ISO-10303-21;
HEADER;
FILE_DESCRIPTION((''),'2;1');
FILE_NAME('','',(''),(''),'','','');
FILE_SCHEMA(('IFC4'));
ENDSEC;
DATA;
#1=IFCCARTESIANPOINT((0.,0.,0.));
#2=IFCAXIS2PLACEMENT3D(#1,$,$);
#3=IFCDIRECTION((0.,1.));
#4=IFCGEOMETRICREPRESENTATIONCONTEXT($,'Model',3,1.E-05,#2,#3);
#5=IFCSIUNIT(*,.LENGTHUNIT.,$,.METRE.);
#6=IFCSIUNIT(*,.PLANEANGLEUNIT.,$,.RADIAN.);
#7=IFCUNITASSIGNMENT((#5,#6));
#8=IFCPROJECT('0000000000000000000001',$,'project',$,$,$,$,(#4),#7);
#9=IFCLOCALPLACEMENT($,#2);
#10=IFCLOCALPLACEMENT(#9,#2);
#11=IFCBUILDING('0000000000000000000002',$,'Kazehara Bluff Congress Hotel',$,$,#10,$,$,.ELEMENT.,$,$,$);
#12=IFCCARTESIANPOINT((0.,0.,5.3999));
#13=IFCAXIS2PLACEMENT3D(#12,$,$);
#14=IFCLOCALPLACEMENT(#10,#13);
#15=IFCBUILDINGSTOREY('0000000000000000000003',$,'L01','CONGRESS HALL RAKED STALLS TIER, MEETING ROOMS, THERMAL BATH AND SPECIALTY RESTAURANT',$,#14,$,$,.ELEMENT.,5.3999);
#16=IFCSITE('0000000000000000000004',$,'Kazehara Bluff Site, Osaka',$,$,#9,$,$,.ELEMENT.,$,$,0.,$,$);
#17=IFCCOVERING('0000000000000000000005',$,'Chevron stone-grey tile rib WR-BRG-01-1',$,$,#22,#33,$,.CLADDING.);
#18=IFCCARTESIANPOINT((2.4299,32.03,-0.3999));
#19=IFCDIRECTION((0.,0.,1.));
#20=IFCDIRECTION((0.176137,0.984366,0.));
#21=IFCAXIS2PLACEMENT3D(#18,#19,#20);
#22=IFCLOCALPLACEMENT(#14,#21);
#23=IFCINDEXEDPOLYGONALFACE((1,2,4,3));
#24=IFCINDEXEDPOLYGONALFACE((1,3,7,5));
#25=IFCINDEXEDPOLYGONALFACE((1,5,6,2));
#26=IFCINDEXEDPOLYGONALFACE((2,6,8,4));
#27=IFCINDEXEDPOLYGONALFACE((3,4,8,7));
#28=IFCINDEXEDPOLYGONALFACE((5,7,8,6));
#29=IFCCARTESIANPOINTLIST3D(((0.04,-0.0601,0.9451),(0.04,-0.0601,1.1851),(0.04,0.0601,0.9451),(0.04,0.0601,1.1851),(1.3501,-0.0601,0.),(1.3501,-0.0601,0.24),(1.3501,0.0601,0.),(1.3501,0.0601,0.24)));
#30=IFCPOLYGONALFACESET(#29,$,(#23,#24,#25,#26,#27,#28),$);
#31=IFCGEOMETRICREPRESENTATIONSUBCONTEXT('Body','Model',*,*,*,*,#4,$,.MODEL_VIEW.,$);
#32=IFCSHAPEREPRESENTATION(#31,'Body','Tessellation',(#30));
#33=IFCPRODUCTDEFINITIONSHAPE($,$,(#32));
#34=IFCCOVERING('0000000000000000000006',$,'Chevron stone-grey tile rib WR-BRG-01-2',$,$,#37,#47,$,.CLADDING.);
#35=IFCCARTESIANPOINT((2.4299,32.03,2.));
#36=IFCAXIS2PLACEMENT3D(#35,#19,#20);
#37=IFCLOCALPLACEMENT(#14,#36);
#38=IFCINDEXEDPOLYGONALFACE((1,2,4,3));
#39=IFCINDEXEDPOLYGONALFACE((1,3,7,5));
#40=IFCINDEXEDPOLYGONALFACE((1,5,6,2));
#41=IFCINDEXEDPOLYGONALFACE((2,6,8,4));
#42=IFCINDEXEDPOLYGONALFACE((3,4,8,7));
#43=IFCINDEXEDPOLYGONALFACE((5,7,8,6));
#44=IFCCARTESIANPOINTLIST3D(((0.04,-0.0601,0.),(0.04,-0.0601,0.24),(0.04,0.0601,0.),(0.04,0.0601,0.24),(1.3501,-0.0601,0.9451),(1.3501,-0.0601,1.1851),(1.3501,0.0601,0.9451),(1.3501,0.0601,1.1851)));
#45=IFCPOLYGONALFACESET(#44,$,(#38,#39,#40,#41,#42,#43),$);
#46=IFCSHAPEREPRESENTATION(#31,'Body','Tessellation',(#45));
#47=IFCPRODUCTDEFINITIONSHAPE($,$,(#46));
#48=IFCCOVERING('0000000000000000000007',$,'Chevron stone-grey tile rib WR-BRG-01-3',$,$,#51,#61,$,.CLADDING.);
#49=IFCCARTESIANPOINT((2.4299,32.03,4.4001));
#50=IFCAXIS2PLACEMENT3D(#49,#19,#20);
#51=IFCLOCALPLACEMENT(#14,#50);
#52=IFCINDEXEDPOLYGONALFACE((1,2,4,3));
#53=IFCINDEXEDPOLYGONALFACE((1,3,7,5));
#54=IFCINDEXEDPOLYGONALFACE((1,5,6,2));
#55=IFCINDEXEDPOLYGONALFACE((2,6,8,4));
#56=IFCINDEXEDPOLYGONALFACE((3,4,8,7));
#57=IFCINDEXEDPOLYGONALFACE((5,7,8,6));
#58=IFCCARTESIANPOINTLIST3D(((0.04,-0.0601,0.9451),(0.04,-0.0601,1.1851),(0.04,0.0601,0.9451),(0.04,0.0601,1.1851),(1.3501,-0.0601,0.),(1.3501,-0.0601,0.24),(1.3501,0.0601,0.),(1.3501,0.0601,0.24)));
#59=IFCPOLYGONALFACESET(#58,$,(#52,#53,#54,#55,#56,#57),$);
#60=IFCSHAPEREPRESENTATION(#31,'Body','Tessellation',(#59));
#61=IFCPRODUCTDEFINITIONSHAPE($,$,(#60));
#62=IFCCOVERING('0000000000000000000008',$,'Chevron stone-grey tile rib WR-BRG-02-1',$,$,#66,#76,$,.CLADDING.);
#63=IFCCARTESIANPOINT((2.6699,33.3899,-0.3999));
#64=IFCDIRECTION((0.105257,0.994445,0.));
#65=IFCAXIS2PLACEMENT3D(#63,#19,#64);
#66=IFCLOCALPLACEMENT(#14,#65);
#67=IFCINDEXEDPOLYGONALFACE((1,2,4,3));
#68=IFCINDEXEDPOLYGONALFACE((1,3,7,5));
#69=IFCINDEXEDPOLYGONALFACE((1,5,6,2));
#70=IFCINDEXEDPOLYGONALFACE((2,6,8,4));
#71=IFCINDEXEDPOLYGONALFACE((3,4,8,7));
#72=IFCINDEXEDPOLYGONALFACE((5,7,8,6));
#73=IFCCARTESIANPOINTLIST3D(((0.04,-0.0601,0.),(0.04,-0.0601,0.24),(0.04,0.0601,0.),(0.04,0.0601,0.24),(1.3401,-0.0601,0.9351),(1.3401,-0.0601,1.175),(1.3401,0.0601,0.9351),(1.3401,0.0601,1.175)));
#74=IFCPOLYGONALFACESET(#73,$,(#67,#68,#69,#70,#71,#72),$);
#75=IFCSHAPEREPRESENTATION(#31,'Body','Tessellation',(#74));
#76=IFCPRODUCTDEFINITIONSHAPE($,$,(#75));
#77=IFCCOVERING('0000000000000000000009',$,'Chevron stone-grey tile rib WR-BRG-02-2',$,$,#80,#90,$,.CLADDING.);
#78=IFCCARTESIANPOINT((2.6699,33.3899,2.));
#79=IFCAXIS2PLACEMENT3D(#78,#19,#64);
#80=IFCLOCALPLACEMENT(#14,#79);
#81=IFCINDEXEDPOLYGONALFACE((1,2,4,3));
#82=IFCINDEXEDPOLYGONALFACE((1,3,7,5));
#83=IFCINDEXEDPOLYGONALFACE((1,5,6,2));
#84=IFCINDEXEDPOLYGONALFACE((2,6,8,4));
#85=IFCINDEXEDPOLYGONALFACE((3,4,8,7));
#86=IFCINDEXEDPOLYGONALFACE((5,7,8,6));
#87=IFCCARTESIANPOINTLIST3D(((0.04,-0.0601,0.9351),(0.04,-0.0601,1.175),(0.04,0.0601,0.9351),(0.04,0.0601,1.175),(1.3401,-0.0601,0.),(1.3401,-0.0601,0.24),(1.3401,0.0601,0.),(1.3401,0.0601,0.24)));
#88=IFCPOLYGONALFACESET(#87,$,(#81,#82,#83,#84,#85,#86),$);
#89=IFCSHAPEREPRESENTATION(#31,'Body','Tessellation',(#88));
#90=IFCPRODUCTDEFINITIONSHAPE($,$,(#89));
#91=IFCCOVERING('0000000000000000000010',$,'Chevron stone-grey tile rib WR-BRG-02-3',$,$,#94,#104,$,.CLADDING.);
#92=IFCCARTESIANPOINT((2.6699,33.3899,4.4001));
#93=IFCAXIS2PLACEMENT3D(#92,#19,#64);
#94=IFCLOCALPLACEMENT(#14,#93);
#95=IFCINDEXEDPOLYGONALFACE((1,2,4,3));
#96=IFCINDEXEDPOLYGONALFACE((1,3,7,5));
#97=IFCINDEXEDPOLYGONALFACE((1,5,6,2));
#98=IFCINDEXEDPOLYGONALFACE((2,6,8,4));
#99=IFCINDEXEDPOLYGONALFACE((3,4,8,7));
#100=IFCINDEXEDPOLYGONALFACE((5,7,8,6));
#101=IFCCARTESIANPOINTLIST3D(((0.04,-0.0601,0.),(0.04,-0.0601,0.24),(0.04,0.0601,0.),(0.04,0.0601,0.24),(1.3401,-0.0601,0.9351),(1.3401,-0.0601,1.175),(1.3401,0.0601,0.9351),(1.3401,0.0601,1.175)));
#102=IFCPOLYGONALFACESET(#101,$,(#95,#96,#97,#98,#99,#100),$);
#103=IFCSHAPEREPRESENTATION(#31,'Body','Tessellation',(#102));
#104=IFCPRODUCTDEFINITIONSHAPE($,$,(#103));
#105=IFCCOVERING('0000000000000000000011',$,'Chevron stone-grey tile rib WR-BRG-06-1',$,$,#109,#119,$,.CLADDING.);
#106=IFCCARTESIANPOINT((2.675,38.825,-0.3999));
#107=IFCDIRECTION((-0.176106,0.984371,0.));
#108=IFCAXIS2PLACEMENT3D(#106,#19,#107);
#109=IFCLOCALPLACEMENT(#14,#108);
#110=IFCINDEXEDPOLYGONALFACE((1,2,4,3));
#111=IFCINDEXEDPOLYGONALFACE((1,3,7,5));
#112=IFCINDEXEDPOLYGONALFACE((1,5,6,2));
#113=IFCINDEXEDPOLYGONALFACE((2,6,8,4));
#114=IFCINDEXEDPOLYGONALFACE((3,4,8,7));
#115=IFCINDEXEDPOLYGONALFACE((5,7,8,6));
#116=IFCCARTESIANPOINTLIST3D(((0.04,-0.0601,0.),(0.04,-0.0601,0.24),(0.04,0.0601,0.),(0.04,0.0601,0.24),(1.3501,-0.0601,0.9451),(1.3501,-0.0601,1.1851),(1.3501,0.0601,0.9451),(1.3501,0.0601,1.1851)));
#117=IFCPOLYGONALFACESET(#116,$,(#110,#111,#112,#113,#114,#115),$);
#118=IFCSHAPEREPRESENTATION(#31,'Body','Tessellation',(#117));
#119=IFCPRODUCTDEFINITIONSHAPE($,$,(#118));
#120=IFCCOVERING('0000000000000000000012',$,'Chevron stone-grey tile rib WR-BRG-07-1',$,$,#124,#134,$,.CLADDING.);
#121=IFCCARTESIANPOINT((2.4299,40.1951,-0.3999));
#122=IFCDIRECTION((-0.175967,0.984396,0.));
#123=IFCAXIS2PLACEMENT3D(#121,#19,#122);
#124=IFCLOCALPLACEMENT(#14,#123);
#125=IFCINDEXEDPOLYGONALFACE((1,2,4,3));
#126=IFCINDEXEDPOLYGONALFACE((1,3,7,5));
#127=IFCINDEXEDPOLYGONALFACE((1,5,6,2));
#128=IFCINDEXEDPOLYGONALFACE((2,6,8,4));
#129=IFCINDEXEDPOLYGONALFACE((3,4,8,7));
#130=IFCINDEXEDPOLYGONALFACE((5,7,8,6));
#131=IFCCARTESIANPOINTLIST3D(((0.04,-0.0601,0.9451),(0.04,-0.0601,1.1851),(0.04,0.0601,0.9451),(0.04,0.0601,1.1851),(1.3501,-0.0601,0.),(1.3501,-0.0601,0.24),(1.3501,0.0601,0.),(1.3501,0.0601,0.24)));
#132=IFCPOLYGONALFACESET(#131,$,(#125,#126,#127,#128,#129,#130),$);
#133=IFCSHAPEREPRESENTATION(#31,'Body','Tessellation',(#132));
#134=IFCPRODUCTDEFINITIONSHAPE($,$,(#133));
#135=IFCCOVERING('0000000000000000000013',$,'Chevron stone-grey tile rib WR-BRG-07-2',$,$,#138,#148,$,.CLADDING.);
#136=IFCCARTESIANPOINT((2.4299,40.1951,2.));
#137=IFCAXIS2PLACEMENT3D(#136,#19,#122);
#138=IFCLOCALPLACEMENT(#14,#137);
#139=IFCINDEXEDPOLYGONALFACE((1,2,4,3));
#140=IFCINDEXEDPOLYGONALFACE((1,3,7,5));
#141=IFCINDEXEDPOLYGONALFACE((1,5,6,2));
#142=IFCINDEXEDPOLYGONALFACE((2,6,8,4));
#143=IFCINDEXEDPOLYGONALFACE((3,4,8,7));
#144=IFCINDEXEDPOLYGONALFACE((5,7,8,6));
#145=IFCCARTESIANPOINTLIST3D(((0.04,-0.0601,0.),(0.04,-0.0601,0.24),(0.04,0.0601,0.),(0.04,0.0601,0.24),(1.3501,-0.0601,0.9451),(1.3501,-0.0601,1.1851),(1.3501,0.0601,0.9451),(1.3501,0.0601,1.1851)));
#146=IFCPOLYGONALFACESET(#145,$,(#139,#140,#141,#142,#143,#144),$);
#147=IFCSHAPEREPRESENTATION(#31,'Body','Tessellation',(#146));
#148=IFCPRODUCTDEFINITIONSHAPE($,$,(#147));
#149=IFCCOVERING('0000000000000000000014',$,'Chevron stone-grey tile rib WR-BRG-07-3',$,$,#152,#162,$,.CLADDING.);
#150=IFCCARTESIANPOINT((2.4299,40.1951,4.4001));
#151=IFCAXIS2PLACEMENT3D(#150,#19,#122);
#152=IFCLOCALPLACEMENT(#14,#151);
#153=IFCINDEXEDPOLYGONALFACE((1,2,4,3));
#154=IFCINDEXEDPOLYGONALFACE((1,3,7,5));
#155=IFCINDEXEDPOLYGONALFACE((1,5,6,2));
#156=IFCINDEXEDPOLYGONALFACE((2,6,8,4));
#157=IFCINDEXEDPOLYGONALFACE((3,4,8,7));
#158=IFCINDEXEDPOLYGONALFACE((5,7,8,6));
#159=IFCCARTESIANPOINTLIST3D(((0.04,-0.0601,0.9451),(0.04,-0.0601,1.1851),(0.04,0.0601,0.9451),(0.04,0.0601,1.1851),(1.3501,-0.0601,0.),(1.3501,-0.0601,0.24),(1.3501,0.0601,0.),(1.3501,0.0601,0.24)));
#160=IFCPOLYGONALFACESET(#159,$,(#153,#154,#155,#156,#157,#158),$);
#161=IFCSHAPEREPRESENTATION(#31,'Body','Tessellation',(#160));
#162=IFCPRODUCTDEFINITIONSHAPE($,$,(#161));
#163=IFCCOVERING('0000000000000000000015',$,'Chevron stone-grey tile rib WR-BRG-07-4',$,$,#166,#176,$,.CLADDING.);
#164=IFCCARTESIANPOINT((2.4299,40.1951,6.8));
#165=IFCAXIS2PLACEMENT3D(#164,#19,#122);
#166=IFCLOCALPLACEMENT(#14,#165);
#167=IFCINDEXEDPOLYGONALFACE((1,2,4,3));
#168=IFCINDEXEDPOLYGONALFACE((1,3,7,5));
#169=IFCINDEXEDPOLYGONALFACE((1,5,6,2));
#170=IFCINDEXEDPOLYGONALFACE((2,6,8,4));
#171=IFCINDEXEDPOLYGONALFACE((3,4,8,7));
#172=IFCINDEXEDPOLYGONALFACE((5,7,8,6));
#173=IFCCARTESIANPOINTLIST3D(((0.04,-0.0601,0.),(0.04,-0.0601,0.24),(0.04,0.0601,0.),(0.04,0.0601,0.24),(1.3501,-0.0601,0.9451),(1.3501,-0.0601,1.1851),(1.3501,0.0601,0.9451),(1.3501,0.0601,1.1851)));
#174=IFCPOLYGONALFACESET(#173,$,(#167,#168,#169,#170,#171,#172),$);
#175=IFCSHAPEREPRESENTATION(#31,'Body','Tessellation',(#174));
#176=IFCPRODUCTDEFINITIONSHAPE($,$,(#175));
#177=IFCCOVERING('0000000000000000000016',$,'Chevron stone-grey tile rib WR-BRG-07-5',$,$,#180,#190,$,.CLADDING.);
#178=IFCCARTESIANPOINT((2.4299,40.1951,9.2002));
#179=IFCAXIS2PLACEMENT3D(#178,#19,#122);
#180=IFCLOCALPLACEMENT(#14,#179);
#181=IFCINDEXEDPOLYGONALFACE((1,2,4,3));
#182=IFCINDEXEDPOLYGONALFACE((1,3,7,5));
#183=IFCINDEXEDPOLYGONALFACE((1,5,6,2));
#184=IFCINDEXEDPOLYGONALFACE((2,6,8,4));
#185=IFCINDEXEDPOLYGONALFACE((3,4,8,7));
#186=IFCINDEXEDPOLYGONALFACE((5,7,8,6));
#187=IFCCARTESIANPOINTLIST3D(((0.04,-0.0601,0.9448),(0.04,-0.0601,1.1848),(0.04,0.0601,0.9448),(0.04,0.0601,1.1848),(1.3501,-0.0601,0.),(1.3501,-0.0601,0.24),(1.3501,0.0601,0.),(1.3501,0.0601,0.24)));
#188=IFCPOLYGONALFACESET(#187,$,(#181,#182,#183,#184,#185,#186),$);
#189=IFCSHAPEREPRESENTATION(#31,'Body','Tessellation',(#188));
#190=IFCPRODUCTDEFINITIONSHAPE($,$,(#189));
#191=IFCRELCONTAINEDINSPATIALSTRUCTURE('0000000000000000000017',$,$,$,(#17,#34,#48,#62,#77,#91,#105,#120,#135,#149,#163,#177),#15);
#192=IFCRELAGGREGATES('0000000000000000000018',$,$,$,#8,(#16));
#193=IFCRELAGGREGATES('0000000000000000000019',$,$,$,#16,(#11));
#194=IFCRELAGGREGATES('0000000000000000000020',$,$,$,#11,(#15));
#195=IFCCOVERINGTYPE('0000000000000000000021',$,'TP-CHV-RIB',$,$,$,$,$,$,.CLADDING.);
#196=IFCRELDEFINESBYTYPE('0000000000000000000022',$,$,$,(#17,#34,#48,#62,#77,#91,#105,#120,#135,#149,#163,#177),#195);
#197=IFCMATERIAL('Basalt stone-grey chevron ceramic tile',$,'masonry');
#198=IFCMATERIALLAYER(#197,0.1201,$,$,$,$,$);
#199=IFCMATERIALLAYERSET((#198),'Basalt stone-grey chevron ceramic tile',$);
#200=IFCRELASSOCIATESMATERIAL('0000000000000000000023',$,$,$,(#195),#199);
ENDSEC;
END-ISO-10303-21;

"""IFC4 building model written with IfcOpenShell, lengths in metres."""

from ifc_helpers import new_model, si_unit, direction, frame, origin, place, context, subcontext, project, spatial, polyline, outline, extrude, material, layer, layer_set, type_object, element, save


model = new_model("IFC4")

# Units and contexts
model_context = context("Model", 3, precision=1e-05, world=origin(), true_north=direction((0.0, 1.0)))
body_context = subcontext(model_context, "Body", "Model", "MODEL_VIEW")
ifc_project = project(units=[si_unit("LENGTHUNIT", "METRE"), si_unit("PLANEANGLEUNIT", "RADIAN")], contexts=[model_context])

# Site, building, storey
site_placement = place(None, origin())
site = spatial("IfcSite", under=ifc_project, at=site_placement, Name="Kazehara Bluff Site, Osaka", CompositionType="ELEMENT", RefElevation=0.0)
building_placement = place(site_placement, origin())
building = spatial("IfcBuilding", under=site, at=building_placement, Name="Kazehara Bluff Congress Hotel", CompositionType="ELEMENT")
storey_placement = place(building_placement, frame((0.0, 0.0, 5.3999)))
storey = spatial("IfcBuildingStorey", under=building, at=storey_placement, Name="L01", Description="CONGRESS HALL RAKED STALLS TIER, MEETING ROOMS, THERMAL BATH AND SPECIALTY RESTAURANT", CompositionType="ELEMENT", Elevation=5.3999)

# Coverings
ifc_material_1 = material(Name="Basalt stone-grey chevron ceramic tile", Category="masonry")
ifc_layer_1 = layer(ifc_material_1, 0.1201)
ifc_layer_set_1 = layer_set([ifc_layer_1], Name="Basalt stone-grey chevron ceramic tile")
covering_type_1 = type_object("IfcCoveringType", Name="TP-CHV-RIB", PredefinedType="CLADDING", material=ifc_layer_set_1)
covering_1_placement = place(storey_placement, frame((2.4299, 32.03, -0.3999), z_axis=(0.0, 0.0, 1.0), x_axis=(0.176137, 0.984366, 0.0)))
element("IfcCovering", 1, at=covering_1_placement, inside=storey, type_object=covering_type_1, Name="Chevron stone-grey tile rib WR-BRG-01-1", PredefinedType="CLADDING", context=body_context, shape_type="SweptSolid", body=[
    extrude(outline(polyline([(0.04, 0.9451), (1.3501, 0.0), (1.3501, 0.24), (0.04, 1.1851), (0.04, 0.9451)])), frame((0.0, 0.0601, 0.0), z_axis=(0.0, -1.0, 0.0), x_axis=(1.0, 0.0, 0.0)), (0.0, 0.0, 1.0), 0.1201),
])
covering_2_placement = place(storey_placement, frame((2.4299, 32.03, 2.0), z_axis=(0.0, 0.0, 1.0), x_axis=(0.176137, 0.984366, 0.0)))
element("IfcCovering", 2, at=covering_2_placement, inside=storey, type_object=covering_type_1, Name="Chevron stone-grey tile rib WR-BRG-01-2", PredefinedType="CLADDING", context=body_context, shape_type="SweptSolid", body=[
    extrude(outline(polyline([(0.04, 0.0), (1.3501, 0.9451), (1.3501, 1.1851), (0.04, 0.24), (0.04, 0.0)])), frame((0.0, 0.0601, 0.0), z_axis=(0.0, -1.0, 0.0), x_axis=(1.0, 0.0, 0.0)), (0.0, 0.0, 1.0), 0.1201),
])
covering_3_placement = place(storey_placement, frame((2.4299, 32.03, 4.4001), z_axis=(0.0, 0.0, 1.0), x_axis=(0.176137, 0.984366, 0.0)))
element("IfcCovering", 3, at=covering_3_placement, inside=storey, type_object=covering_type_1, Name="Chevron stone-grey tile rib WR-BRG-01-3", PredefinedType="CLADDING", context=body_context, shape_type="SweptSolid", body=[
    extrude(outline(polyline([(0.04, 0.9451), (1.3501, 0.0), (1.3501, 0.24), (0.04, 1.1851), (0.04, 0.9451)])), frame((0.0, 0.0601, 0.0), z_axis=(0.0, -1.0, 0.0), x_axis=(1.0, 0.0, 0.0)), (0.0, 0.0, 1.0), 0.1201),
])
covering_4_placement = place(storey_placement, frame((2.6699, 33.3899, -0.3999), z_axis=(0.0, 0.0, 1.0), x_axis=(0.105257, 0.994445, 0.0)))
element("IfcCovering", 4, at=covering_4_placement, inside=storey, type_object=covering_type_1, Name="Chevron stone-grey tile rib WR-BRG-02-1", PredefinedType="CLADDING", context=body_context, shape_type="SweptSolid", body=[
    extrude(outline(polyline([(0.04, 0.0), (1.3401, 0.9351), (1.3401, 1.175), (0.04, 0.24), (0.04, 0.0)])), frame((0.0, 0.0601, 0.0), z_axis=(0.0, -1.0, 0.0), x_axis=(1.0, 0.0, 0.0)), (0.0, 0.0, 1.0), 0.1201),
])
covering_5_placement = place(storey_placement, frame((2.6699, 33.3899, 2.0), z_axis=(0.0, 0.0, 1.0), x_axis=(0.105257, 0.994445, 0.0)))
element("IfcCovering", 5, at=covering_5_placement, inside=storey, type_object=covering_type_1, Name="Chevron stone-grey tile rib WR-BRG-02-2", PredefinedType="CLADDING", context=body_context, shape_type="SweptSolid", body=[
    extrude(outline(polyline([(0.04, 0.9351), (1.3401, 0.0), (1.3401, 0.24), (0.04, 1.175), (0.04, 0.9351)])), frame((0.0, 0.0601, 0.0), z_axis=(0.0, -1.0, 0.0), x_axis=(1.0, 0.0, 0.0)), (0.0, 0.0, 1.0), 0.1201),
])
covering_6_placement = place(storey_placement, frame((2.6699, 33.3899, 4.4001), z_axis=(0.0, 0.0, 1.0), x_axis=(0.105257, 0.994445, 0.0)))
element("IfcCovering", 6, at=covering_6_placement, inside=storey, type_object=covering_type_1, Name="Chevron stone-grey tile rib WR-BRG-02-3", PredefinedType="CLADDING", context=body_context, shape_type="SweptSolid", body=[
    extrude(outline(polyline([(0.04, 0.0), (1.3401, 0.9351), (1.3401, 1.175), (0.04, 0.24), (0.04, 0.0)])), frame((0.0, 0.0601, 0.0), z_axis=(0.0, -1.0, 0.0), x_axis=(1.0, 0.0, 0.0)), (0.0, 0.0, 1.0), 0.1201),
])
covering_7_placement = place(storey_placement, frame((2.675, 38.825, -0.3999), z_axis=(0.0, 0.0, 1.0), x_axis=(-0.176106, 0.984371, 0.0)))
element("IfcCovering", 7, at=covering_7_placement, inside=storey, type_object=covering_type_1, Name="Chevron stone-grey tile rib WR-BRG-06-1", PredefinedType="CLADDING", context=body_context, shape_type="SweptSolid", body=[
    extrude(outline(polyline([(0.04, 0.0), (1.3501, 0.9451), (1.3501, 1.1851), (0.04, 0.24), (0.04, 0.0)])), frame((0.0, 0.0601, 0.0), z_axis=(0.0, -1.0, 0.0), x_axis=(1.0, 0.0, 0.0)), (0.0, 0.0, 1.0), 0.1201),
])
covering_8_placement = place(storey_placement, frame((2.4299, 40.1951, -0.3999), z_axis=(0.0, 0.0, 1.0), x_axis=(-0.175967, 0.984396, 0.0)))
element("IfcCovering", 8, at=covering_8_placement, inside=storey, type_object=covering_type_1, Name="Chevron stone-grey tile rib WR-BRG-07-1", PredefinedType="CLADDING", context=body_context, shape_type="SweptSolid", body=[
    extrude(outline(polyline([(0.04, 0.9451), (1.3501, 0.0), (1.3501, 0.24), (0.04, 1.1851), (0.04, 0.9451)])), frame((0.0, 0.0601, 0.0), z_axis=(0.0, -1.0, 0.0), x_axis=(1.0, 0.0, 0.0)), (0.0, 0.0, 1.0), 0.1201),
])
covering_9_placement = place(storey_placement, frame((2.4299, 40.1951, 2.0), z_axis=(0.0, 0.0, 1.0), x_axis=(-0.175967, 0.984396, 0.0)))
element("IfcCovering", 9, at=covering_9_placement, inside=storey, type_object=covering_type_1, Name="Chevron stone-grey tile rib WR-BRG-07-2", PredefinedType="CLADDING", context=body_context, shape_type="SweptSolid", body=[
    extrude(outline(polyline([(0.04, 0.0), (1.3501, 0.9451), (1.3501, 1.1851), (0.04, 0.24), (0.04, 0.0)])), frame((0.0, 0.0601, 0.0), z_axis=(0.0, -1.0, 0.0), x_axis=(1.0, 0.0, 0.0)), (0.0, 0.0, 1.0), 0.1201),
])
covering_10_placement = place(storey_placement, frame((2.4299, 40.1951, 4.4001), z_axis=(0.0, 0.0, 1.0), x_axis=(-0.175967, 0.984396, 0.0)))
element("IfcCovering", 10, at=covering_10_placement, inside=storey, type_object=covering_type_1, Name="Chevron stone-grey tile rib WR-BRG-07-3", PredefinedType="CLADDING", context=body_context, shape_type="SweptSolid", body=[
    extrude(outline(polyline([(0.04, 0.9451), (1.3501, 0.0), (1.3501, 0.24), (0.04, 1.1851), (0.04, 0.9451)])), frame((0.0, 0.0601, 0.0), z_axis=(0.0, -1.0, 0.0), x_axis=(1.0, 0.0, 0.0)), (0.0, 0.0, 1.0), 0.1201),
])
covering_11_placement = place(storey_placement, frame((2.4299, 40.1951, 6.8), z_axis=(0.0, 0.0, 1.0), x_axis=(-0.175967, 0.984396, 0.0)))
element("IfcCovering", 11, at=covering_11_placement, inside=storey, type_object=covering_type_1, Name="Chevron stone-grey tile rib WR-BRG-07-4", PredefinedType="CLADDING", context=body_context, shape_type="SweptSolid", body=[
    extrude(outline(polyline([(0.04, 0.0), (1.3501, 0.9451), (1.3501, 1.1851), (0.04, 0.24), (0.04, 0.0)])), frame((0.0, 0.0601, 0.0), z_axis=(0.0, -1.0, 0.0), x_axis=(1.0, 0.0, 0.0)), (0.0, 0.0, 1.0), 0.1201),
])
covering_12_placement = place(storey_placement, frame((2.4299, 40.1951, 9.2002), z_axis=(0.0, 0.0, 1.0), x_axis=(-0.175967, 0.984396, 0.0)))
element("IfcCovering", 12, at=covering_12_placement, inside=storey, type_object=covering_type_1, Name="Chevron stone-grey tile rib WR-BRG-07-5", PredefinedType="CLADDING", context=body_context, shape_type="SweptSolid", body=[
    extrude(outline(polyline([(0.04, 0.9448), (1.3501, 0.0), (1.3501, 0.24), (0.04, 1.1848), (0.04, 0.9448)])), frame((0.0, 0.0601, 0.0), z_axis=(0.0, -1.0, 0.0), x_axis=(1.0, 0.0, 0.0)), (0.0, 0.0, 1.0), 0.1201),
])

save(model, "model.ifc")
